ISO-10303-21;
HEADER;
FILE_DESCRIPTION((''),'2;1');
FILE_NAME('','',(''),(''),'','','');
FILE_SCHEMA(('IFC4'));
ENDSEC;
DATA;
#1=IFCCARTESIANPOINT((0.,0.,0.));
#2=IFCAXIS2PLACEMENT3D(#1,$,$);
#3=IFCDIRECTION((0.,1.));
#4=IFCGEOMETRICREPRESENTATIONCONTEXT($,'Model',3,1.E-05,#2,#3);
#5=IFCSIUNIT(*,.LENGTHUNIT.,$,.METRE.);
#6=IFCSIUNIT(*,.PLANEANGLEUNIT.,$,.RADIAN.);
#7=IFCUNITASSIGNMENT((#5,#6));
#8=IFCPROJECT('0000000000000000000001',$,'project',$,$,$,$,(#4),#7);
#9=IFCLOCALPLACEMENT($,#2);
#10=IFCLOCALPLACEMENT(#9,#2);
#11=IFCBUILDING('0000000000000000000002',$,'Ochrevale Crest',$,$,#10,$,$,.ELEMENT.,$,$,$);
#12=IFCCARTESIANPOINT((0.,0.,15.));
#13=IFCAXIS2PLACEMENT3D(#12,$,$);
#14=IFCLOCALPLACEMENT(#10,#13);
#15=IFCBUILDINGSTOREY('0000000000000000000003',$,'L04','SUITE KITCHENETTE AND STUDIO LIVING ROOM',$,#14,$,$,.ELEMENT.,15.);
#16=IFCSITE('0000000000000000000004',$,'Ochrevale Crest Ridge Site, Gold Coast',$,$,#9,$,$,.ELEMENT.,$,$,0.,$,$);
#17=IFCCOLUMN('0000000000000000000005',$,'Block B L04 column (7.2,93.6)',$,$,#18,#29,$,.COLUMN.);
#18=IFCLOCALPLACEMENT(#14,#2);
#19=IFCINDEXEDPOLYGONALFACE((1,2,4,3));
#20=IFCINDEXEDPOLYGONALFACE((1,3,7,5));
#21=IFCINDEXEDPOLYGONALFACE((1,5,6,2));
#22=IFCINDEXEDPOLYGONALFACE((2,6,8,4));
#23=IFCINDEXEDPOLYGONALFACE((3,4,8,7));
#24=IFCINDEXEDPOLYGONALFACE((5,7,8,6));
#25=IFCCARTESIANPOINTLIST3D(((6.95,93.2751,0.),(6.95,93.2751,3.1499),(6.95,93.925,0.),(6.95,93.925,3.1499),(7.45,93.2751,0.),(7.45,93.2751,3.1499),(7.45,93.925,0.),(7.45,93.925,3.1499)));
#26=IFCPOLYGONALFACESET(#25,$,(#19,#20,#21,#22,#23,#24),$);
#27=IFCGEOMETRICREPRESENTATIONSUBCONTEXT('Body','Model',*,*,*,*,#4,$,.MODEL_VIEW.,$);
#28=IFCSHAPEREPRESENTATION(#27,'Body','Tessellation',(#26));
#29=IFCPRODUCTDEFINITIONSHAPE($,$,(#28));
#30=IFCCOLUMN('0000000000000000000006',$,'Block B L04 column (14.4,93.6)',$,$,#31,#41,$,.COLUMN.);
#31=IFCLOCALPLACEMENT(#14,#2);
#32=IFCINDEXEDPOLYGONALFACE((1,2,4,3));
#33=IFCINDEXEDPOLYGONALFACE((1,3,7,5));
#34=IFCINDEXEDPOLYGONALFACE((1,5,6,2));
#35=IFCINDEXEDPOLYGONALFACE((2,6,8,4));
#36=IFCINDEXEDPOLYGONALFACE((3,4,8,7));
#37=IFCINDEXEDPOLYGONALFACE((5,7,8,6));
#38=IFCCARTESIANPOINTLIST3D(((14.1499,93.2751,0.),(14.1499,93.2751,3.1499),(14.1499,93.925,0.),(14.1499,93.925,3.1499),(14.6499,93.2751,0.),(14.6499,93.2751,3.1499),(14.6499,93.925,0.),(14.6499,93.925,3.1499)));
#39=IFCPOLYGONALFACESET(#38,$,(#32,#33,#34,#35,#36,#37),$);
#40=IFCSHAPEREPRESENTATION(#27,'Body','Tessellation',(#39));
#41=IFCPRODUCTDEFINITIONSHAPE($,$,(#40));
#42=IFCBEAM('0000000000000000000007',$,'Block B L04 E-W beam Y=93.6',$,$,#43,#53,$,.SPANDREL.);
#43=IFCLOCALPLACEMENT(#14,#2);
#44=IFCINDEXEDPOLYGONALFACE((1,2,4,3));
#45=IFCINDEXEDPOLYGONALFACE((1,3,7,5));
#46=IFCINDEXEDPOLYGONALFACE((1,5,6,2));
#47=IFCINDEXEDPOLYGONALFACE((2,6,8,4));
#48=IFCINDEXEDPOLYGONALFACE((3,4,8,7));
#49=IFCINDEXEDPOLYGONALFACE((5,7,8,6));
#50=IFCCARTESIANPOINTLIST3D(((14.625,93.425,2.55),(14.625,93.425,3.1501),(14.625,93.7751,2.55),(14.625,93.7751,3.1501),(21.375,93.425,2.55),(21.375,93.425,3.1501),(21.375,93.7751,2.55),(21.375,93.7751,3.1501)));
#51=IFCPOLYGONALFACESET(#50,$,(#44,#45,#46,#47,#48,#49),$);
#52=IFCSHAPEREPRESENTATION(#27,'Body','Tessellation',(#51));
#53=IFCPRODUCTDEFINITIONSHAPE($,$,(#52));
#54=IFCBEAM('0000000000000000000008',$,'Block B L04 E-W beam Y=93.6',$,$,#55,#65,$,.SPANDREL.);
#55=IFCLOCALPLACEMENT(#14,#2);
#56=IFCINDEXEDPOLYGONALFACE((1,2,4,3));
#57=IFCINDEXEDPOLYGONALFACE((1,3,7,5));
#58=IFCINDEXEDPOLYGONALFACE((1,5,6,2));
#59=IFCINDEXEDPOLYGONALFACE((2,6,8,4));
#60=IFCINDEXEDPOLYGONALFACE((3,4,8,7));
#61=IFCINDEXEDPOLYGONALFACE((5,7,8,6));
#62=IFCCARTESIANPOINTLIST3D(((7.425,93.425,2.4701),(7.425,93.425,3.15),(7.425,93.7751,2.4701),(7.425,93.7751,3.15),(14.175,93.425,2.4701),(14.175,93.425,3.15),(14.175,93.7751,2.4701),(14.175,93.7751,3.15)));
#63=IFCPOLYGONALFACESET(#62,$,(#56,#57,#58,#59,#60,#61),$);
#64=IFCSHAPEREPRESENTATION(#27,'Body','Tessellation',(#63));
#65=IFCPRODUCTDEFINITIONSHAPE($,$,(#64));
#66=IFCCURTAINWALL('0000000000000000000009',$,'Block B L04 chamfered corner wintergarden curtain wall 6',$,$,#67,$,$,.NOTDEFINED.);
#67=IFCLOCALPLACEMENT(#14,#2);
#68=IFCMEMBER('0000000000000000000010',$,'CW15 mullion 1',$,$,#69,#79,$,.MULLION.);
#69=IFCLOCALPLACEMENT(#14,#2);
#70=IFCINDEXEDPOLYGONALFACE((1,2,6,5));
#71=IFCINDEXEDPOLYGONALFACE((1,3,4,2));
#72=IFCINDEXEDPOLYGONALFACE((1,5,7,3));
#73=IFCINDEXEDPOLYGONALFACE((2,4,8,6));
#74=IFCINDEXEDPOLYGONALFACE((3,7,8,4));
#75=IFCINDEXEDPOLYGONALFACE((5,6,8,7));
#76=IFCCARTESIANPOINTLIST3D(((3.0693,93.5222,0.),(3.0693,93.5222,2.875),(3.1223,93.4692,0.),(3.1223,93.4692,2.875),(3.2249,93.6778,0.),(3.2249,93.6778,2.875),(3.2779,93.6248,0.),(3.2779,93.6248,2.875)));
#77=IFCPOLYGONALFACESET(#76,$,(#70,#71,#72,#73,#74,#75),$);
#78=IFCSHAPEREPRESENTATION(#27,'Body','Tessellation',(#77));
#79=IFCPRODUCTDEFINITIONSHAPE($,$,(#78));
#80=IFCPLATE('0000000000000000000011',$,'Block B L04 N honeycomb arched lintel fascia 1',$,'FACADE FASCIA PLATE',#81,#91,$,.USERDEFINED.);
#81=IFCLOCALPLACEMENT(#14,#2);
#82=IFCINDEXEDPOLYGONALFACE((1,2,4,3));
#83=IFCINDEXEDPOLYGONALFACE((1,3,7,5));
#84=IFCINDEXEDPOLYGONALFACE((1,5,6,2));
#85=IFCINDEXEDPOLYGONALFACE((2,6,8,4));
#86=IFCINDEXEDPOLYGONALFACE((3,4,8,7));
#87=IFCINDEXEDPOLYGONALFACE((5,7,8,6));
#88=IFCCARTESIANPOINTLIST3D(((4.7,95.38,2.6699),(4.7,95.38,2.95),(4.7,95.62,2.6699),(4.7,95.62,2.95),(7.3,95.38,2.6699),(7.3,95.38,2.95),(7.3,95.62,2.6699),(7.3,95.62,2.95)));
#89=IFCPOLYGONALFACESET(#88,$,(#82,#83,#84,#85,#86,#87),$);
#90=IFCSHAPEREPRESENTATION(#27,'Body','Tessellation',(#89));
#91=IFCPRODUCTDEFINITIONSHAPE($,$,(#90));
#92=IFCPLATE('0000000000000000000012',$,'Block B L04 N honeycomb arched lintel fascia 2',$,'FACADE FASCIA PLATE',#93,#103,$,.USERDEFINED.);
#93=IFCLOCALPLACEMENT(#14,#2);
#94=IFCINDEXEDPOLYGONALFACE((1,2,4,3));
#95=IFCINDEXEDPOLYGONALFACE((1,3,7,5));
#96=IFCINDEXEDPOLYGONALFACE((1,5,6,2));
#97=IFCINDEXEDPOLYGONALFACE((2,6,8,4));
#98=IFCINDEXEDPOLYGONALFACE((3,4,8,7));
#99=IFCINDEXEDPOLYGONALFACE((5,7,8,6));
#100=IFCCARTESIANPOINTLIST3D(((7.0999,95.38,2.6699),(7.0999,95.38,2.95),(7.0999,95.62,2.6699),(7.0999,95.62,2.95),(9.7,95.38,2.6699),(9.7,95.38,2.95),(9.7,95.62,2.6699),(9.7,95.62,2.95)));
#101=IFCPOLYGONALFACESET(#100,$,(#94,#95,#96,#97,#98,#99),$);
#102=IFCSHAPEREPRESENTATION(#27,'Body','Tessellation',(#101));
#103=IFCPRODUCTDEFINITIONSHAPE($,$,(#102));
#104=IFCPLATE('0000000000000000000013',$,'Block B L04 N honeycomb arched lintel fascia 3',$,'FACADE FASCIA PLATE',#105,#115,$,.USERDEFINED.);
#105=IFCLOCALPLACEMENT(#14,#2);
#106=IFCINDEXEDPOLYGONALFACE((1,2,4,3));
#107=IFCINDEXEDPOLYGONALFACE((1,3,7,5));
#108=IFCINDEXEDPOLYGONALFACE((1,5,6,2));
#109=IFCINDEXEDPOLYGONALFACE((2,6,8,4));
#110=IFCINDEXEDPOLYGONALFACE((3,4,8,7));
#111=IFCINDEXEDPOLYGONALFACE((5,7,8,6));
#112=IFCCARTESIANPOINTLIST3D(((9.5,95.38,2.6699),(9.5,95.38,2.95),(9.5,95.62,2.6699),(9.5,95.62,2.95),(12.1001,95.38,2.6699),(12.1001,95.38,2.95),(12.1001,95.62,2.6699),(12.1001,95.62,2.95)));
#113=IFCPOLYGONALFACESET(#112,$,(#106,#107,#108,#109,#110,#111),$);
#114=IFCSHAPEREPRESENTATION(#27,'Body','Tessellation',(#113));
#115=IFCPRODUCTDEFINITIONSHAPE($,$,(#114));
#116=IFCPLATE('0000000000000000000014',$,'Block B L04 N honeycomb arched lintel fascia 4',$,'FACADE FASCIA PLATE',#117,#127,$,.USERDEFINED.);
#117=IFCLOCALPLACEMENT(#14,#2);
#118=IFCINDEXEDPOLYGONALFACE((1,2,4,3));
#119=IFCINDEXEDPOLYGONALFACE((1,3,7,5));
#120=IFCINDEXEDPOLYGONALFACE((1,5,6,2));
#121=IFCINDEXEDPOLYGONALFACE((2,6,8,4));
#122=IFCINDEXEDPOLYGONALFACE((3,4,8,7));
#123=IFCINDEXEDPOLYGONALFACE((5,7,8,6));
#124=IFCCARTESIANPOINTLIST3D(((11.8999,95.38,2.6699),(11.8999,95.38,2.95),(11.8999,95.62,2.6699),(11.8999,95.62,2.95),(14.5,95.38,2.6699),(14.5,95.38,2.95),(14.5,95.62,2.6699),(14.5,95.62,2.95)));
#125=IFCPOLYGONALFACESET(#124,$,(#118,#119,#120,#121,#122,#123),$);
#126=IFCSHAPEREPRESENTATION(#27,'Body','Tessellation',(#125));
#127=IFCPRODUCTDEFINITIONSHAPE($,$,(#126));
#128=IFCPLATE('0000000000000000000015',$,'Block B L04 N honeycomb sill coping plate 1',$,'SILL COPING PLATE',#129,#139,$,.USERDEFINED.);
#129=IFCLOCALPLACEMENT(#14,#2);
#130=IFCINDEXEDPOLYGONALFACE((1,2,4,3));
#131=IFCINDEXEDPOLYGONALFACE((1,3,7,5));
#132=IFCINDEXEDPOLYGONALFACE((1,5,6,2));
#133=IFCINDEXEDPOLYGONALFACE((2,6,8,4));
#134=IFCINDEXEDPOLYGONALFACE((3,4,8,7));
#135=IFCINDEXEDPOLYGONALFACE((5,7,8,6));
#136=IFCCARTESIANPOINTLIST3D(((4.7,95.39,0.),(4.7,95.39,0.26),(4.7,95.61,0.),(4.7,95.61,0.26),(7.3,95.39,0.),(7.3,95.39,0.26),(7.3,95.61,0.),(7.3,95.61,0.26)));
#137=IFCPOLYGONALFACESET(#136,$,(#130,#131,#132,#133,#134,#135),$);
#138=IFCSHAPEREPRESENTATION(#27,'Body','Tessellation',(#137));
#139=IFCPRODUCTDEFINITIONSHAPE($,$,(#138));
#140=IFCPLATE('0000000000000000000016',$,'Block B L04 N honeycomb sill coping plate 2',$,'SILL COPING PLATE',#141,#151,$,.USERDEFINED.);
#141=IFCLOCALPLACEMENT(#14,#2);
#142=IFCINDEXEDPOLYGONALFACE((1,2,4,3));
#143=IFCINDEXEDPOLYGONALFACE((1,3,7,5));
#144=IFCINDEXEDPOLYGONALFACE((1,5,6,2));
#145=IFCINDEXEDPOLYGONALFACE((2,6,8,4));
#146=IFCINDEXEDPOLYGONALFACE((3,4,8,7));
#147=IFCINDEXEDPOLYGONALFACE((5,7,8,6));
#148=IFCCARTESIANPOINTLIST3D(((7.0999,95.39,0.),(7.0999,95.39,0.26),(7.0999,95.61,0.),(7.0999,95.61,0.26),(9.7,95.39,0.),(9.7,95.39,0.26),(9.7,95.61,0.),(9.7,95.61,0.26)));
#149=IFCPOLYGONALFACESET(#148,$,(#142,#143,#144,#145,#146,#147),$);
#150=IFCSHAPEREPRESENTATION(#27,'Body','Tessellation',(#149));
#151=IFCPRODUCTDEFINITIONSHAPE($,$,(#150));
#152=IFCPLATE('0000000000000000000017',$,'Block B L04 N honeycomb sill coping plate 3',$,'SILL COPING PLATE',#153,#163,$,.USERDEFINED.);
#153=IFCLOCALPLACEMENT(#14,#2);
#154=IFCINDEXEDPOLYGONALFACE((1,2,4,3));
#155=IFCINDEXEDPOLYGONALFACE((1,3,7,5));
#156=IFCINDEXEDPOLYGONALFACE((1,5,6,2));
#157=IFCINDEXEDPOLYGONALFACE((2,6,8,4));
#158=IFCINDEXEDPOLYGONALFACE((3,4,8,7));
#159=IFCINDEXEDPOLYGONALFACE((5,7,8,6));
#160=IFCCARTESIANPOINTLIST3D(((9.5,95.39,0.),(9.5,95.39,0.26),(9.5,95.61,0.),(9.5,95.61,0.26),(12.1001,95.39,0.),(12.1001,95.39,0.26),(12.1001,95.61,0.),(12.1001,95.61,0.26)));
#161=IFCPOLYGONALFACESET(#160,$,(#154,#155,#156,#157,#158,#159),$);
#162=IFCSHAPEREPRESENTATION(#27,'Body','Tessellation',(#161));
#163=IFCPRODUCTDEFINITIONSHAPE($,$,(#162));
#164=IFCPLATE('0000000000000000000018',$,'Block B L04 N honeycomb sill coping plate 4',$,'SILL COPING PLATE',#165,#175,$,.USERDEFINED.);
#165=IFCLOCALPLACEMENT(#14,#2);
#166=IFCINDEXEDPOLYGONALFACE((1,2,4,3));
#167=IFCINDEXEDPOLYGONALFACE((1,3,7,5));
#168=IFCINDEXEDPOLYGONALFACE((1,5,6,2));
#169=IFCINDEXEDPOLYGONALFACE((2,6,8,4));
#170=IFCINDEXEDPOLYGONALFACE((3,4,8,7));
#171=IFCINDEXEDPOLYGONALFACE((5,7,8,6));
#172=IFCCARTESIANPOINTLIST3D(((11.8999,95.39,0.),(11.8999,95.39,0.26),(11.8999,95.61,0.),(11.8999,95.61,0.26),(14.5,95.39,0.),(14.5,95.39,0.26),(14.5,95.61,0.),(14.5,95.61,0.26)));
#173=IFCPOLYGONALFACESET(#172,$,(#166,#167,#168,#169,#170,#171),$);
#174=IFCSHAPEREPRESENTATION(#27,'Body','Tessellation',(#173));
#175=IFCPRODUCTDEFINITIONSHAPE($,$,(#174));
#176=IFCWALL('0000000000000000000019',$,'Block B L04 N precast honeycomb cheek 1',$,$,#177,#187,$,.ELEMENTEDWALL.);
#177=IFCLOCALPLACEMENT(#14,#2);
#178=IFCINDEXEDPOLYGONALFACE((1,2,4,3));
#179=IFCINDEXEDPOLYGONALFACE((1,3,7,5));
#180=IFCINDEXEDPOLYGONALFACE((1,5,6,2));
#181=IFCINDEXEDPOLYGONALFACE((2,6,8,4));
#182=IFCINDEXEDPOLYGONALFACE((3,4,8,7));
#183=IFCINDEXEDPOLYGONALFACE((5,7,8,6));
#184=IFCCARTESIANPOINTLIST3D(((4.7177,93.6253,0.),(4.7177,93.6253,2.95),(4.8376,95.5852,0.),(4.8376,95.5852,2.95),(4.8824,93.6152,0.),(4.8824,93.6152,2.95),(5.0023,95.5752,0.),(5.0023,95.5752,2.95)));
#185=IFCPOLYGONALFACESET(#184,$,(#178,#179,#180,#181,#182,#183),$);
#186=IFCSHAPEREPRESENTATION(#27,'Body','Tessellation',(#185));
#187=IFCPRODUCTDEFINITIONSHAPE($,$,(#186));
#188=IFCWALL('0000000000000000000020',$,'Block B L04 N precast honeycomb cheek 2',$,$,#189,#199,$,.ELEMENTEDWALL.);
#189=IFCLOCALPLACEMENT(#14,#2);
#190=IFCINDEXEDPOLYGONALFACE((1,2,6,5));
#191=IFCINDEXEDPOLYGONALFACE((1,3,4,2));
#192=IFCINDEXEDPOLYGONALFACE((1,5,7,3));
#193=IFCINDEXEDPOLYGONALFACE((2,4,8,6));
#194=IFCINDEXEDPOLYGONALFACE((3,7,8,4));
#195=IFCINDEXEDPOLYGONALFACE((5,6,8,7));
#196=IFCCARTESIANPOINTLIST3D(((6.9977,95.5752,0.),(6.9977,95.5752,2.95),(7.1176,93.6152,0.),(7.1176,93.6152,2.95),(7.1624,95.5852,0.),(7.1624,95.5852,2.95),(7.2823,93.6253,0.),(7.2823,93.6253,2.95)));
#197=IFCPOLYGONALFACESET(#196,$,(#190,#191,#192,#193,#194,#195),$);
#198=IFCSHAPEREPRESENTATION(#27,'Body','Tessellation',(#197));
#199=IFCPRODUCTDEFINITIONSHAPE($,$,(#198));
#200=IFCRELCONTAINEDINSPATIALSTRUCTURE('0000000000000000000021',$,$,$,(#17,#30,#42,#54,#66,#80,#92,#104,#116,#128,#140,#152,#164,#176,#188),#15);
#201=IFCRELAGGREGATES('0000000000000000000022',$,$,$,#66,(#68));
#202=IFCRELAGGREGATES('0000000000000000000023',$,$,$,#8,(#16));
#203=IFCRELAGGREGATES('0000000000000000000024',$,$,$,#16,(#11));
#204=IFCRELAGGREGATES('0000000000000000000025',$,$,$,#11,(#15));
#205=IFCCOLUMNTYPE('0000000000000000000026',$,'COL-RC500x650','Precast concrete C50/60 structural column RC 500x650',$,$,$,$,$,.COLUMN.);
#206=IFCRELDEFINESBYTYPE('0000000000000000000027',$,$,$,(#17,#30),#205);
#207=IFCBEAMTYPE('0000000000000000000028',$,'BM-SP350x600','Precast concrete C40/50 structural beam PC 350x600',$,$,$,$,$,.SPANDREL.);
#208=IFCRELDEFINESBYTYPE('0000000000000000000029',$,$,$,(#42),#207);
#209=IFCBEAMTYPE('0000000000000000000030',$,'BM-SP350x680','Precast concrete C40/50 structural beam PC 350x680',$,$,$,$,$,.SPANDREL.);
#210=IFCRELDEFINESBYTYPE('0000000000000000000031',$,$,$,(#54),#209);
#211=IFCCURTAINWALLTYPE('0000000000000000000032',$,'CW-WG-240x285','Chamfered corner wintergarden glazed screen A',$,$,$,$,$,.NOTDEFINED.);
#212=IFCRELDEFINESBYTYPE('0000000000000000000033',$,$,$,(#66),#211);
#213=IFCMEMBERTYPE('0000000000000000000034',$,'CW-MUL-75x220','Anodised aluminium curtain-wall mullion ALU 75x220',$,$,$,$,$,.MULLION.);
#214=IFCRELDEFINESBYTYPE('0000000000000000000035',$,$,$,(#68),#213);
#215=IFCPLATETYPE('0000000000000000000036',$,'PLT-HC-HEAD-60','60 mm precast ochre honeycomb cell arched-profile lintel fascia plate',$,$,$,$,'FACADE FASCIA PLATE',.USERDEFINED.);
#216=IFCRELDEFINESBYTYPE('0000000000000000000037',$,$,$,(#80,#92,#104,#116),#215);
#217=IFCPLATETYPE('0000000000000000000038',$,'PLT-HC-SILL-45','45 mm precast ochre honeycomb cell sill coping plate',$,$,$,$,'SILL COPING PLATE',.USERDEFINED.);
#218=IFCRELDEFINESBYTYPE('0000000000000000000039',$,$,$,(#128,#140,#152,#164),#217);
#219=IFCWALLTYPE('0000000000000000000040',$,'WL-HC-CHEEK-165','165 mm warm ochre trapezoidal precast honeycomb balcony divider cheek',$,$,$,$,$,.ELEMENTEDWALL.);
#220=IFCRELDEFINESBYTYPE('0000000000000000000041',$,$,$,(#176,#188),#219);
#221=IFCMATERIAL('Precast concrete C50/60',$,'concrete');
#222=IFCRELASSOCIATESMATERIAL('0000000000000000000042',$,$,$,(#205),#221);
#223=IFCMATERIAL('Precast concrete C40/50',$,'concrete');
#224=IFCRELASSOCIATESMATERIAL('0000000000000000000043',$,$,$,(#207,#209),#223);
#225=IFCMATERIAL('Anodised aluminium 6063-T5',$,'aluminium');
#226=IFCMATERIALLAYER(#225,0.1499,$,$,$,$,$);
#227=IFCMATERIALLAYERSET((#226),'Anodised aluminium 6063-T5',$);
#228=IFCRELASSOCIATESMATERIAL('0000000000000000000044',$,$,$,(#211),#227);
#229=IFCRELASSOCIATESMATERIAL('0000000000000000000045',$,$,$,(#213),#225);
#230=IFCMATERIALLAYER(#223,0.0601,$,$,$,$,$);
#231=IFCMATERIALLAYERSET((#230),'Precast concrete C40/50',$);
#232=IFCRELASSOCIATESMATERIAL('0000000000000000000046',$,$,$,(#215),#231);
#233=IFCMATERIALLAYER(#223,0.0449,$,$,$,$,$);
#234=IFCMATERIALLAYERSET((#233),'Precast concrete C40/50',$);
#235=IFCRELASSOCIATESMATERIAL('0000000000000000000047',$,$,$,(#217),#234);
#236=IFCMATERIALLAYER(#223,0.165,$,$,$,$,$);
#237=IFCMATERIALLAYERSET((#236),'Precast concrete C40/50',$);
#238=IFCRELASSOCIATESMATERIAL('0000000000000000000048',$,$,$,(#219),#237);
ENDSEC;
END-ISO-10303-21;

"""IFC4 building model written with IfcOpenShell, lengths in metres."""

from ifc_helpers import new_model, si_unit, direction, frame, frame_2d, origin, origin_2d, place, context, subcontext, project, spatial, rectangle, extrude, material, layer, layer_set, material_profile, profile_set, type_object, element, aggregate, save


model = new_model("IFC4")

# Units and contexts
model_context = context("Model", 3, precision=1e-05, world=origin(), true_north=direction((0.0, 1.0)))
body_context = subcontext(model_context, "Body", "Model", "MODEL_VIEW")
ifc_project = project(units=[si_unit("LENGTHUNIT", "METRE"), si_unit("PLANEANGLEUNIT", "RADIAN")], contexts=[model_context])

# Site, building, storey
site_placement = place(None, origin())
site = spatial("IfcSite", under=ifc_project, at=site_placement, Name="Ochrevale Crest Ridge Site, Gold Coast", CompositionType="ELEMENT", RefElevation=0.0)
building_placement = place(site_placement, origin())
building = spatial("IfcBuilding", under=site, at=building_placement, Name="Ochrevale Crest", CompositionType="ELEMENT")
storey_placement = place(building_placement, frame((0.0, 0.0, 15.0)))
storey = spatial("IfcBuildingStorey", under=building, at=storey_placement, Name="L04", Description="SUITE KITCHENETTE AND STUDIO LIVING ROOM", CompositionType="ELEMENT", Elevation=15.0)

# Columns
ifc_material_1 = material(Name="Precast concrete C50/60", Category="concrete")
ifc_material_profile_1 = material_profile(ifc_material_1, rectangle(XDim=0.5, YDim=0.6499, at=origin_2d()), Name="RC 500x650")
ifc_profile_set_1 = profile_set([ifc_material_profile_1], Name="Precast concrete C50/60")
column_type = type_object("IfcColumnType", Name="COL-RC500x650", Description="Precast concrete C50/60 structural column RC 500x650", PredefinedType="COLUMN", material=ifc_profile_set_1)
for number, where, z_axis, x_axis, name in (
    (1, (7.2, 93.6001, 0.0), (0.0, 0.0, 1.0), (1.0, 0.0, 0.0), "Block B L04 column (7.2,93.6)"),
    (2, (14.3999, 93.6001, 0.0), (0.0, 0.0, 1.0), (1.0, 0.0, 0.0), "Block B L04 column (14.4,93.6)"),
):
    element("IfcColumn", number, at=place(storey_placement, frame(where, z_axis=z_axis, x_axis=x_axis)), inside=storey, type_object=column_type, Name=name, PredefinedType="COLUMN", context=body_context, shape_type="SweptSolid", body=[
        extrude(rectangle(XDim=0.5, YDim=0.6499, at=origin_2d()), origin(), (0.0, 0.0, 1.0), 3.1499),
    ])

# Beams
ifc_material_2 = material(Name="Precast concrete C40/50", Category="concrete")
ifc_material_profile_2 = material_profile(ifc_material_2, rectangle(XDim=0.3501, YDim=0.6001, at=origin_2d()), Name="PC 350x600")
ifc_profile_set_2 = profile_set([ifc_material_profile_2], Name="Precast concrete C40/50")
beam_type_1 = type_object("IfcBeamType", Name="BM-SP350x600", Description="Precast concrete C40/50 structural beam PC 350x600", PredefinedType="SPANDREL", material=ifc_profile_set_2)
beam_1_placement = place(storey_placement, frame((14.625, 93.6001, 2.8501), z_axis=(1.0, 0.0, 0.0), x_axis=(0.0, 1.0, 0.0)))
element("IfcBeam", 3, at=beam_1_placement, inside=storey, type_object=beam_type_1, Name="Block B L04 E-W beam Y=93.6", PredefinedType="SPANDREL", context=body_context, shape_type="SweptSolid", body=[
    extrude(rectangle(XDim=0.3501, YDim=0.6001, at=origin_2d()), origin(), (0.0, 0.0, 1.0), 6.75),
])
ifc_material_profile_3 = material_profile(ifc_material_2, rectangle(XDim=0.3501, YDim=0.6799, at=origin_2d()), Name="PC 350x680")
ifc_profile_set_3 = profile_set([ifc_material_profile_3], Name="Precast concrete C40/50")
beam_type_2 = type_object("IfcBeamType", Name="BM-SP350x680", Description="Precast concrete C40/50 structural beam PC 350x680", PredefinedType="SPANDREL", material=ifc_profile_set_3)
beam_2_placement = place(storey_placement, frame((7.425, 93.6001, 2.8101), z_axis=(1.0, 0.0, 0.0), x_axis=(0.0, 1.0, 0.0)))
element("IfcBeam", 4, at=beam_2_placement, inside=storey, type_object=beam_type_2, Name="Block B L04 E-W beam Y=93.6", PredefinedType="SPANDREL", context=body_context, shape_type="SweptSolid", body=[
    extrude(rectangle(XDim=0.3501, YDim=0.6799, at=origin_2d()), origin(), (0.0, 0.0, 1.0), 6.75),
])

# Curtain wall, member
ifc_material_3 = material(Name="Anodised aluminium 6063-T5", Category="aluminium")
ifc_layer_1 = layer(ifc_material_3, 0.1499)
ifc_layer_set_1 = layer_set([ifc_layer_1], Name="Anodised aluminium 6063-T5")
curtain_wall_type = type_object("IfcCurtainWallType", Name="CW-WG-240x285", Description="Chamfered corner wintergarden glazed screen A", PredefinedType="NOTDEFINED", material=ifc_layer_set_1)
curtain_wall_placement = place(storey_placement, origin())
curtain_wall = element("IfcCurtainWall", 5, at=curtain_wall_placement, inside=storey, type_object=curtain_wall_type, Name="Block B L04 chamfered corner wintergarden curtain wall 6", PredefinedType="NOTDEFINED")
ifc_material_profile_4 = material_profile(ifc_material_3, rectangle(XDim=0.075, YDim=0.22, at=origin_2d()), Name="ALU 75x220")
ifc_profile_set_4 = profile_set([ifc_material_profile_4], Name="Anodised aluminium 6063-T5")
member_type = type_object("IfcMemberType", Name="CW-MUL-75x220", Description="Anodised aluminium curtain-wall mullion ALU 75x220", PredefinedType="MULLION", material=ifc_profile_set_4)
member_placement = place(storey_placement, frame((3.1736, 93.5735, 0.0), z_axis=(0.0, 0.0, 1.0), x_axis=(0.707107, -0.707107, 0.0)))
member = element("IfcMember", 6, at=member_placement, type_object=member_type, Name="CW15 mullion 1", PredefinedType="MULLION", context=body_context, shape_type="SweptSolid", body=[
    extrude(rectangle(XDim=0.075, YDim=0.22, at=origin_2d()), origin(), (0.0, 0.0, 1.0), 2.875),
])
aggregate(curtain_wall, [member])

# Plates
ifc_layer_2 = layer(ifc_material_2, 0.0601)
ifc_layer_set_2 = layer_set([ifc_layer_2], Name="Precast concrete C40/50")
plate_type_1 = type_object("IfcPlateType", Name="PLT-HC-HEAD-60", Description="60 mm precast ochre honeycomb cell arched-profile lintel fascia plate", ElementType="FACADE FASCIA PLATE", PredefinedType="USERDEFINED", material=ifc_layer_set_2)
for number, where, z_axis, x_axis, name in (
    (7, (6.0, 95.5, 2.6699), (0.0, 0.0, 1.0), (1.0, 0.0, 0.0), "Block B L04 N honeycomb arched lintel fascia 1"),
    (8, (8.3999, 95.5, 2.6699), (0.0, 0.0, 1.0), (1.0, 0.0, 0.0), "Block B L04 N honeycomb arched lintel fascia 2"),
    (9, (10.8, 95.5, 2.6699), (0.0, 0.0, 1.0), (1.0, 0.0, 0.0), "Block B L04 N honeycomb arched lintel fascia 3"),
    (10, (13.2, 95.5, 2.6699), (0.0, 0.0, 1.0), (1.0, 0.0, 0.0), "Block B L04 N honeycomb arched lintel fascia 4"),
):
    element("IfcPlate", number, at=place(storey_placement, frame(where, z_axis=z_axis, x_axis=x_axis)), inside=storey, type_object=plate_type_1, Name=name, ObjectType="FACADE FASCIA PLATE", PredefinedType="USERDEFINED", context=body_context, shape_type="SweptSolid", body=[
        extrude(rectangle(XDim=2.6001, YDim=0.24, at=origin_2d()), origin(), (0.0, 0.0, 1.0), 0.28),
    ])
ifc_layer_3 = layer(ifc_material_2, 0.0449)
ifc_layer_set_3 = layer_set([ifc_layer_3], Name="Precast concrete C40/50")
plate_type_2 = type_object("IfcPlateType", Name="PLT-HC-SILL-45", Description="45 mm precast ochre honeycomb cell sill coping plate", ElementType="SILL COPING PLATE", PredefinedType="USERDEFINED", material=ifc_layer_set_3)
for number, where, z_axis, x_axis, name in (
    (11, (6.0, 95.5, 0.0), (0.0, 0.0, 1.0), (1.0, 0.0, 0.0), "Block B L04 N honeycomb sill coping plate 1"),
    (12, (8.3999, 95.5, 0.0), (0.0, 0.0, 1.0), (1.0, 0.0, 0.0), "Block B L04 N honeycomb sill coping plate 2"),
    (13, (10.8, 95.5, 0.0), (0.0, 0.0, 1.0), (1.0, 0.0, 0.0), "Block B L04 N honeycomb sill coping plate 3"),
    (14, (13.2, 95.5, 0.0), (0.0, 0.0, 1.0), (1.0, 0.0, 0.0), "Block B L04 N honeycomb sill coping plate 4"),
):
    element("IfcPlate", number, at=place(storey_placement, frame(where, z_axis=z_axis, x_axis=x_axis)), inside=storey, type_object=plate_type_2, Name=name, ObjectType="SILL COPING PLATE", PredefinedType="USERDEFINED", context=body_context, shape_type="SweptSolid", body=[
        extrude(rectangle(XDim=2.6001, YDim=0.22, at=origin_2d()), origin(), (0.0, 0.0, 1.0), 0.26),
    ])

# Walls
ifc_layer_4 = layer(ifc_material_2, 0.165)
ifc_layer_set_4 = layer_set([ifc_layer_4], Name="Precast concrete C40/50")
wall_type = type_object("IfcWallType", Name="WL-HC-CHEEK-165", Description="165 mm warm ochre trapezoidal precast honeycomb balcony divider cheek", PredefinedType="ELEMENTEDWALL", material=ifc_layer_set_4)
for number, where, z_axis, x_axis, name in (
    (15, (4.8, 93.6201, 0.0), (0.0, 0.0, 1.0), (0.061047, 0.998135, 0.0), "Block B L04 N precast honeycomb cheek 1"),
    (16, (7.2, 93.6201, 0.0), (0.0, 0.0, 1.0), (-0.061047, 0.998135, 0.0), "Block B L04 N precast honeycomb cheek 2"),
):
    element("IfcWall", number, at=place(storey_placement, frame(where, z_axis=z_axis, x_axis=x_axis)), inside=storey, type_object=wall_type, Name=name, PredefinedType="ELEMENTEDWALL", context=body_context, shape_type="SweptSolid", body=[
        extrude(rectangle(XDim=1.9636, YDim=0.165, at=frame_2d((0.9819, 0.0))), origin(), (0.0, 0.0, 1.0), 2.95),
    ])

save(model, "model.ifc")
